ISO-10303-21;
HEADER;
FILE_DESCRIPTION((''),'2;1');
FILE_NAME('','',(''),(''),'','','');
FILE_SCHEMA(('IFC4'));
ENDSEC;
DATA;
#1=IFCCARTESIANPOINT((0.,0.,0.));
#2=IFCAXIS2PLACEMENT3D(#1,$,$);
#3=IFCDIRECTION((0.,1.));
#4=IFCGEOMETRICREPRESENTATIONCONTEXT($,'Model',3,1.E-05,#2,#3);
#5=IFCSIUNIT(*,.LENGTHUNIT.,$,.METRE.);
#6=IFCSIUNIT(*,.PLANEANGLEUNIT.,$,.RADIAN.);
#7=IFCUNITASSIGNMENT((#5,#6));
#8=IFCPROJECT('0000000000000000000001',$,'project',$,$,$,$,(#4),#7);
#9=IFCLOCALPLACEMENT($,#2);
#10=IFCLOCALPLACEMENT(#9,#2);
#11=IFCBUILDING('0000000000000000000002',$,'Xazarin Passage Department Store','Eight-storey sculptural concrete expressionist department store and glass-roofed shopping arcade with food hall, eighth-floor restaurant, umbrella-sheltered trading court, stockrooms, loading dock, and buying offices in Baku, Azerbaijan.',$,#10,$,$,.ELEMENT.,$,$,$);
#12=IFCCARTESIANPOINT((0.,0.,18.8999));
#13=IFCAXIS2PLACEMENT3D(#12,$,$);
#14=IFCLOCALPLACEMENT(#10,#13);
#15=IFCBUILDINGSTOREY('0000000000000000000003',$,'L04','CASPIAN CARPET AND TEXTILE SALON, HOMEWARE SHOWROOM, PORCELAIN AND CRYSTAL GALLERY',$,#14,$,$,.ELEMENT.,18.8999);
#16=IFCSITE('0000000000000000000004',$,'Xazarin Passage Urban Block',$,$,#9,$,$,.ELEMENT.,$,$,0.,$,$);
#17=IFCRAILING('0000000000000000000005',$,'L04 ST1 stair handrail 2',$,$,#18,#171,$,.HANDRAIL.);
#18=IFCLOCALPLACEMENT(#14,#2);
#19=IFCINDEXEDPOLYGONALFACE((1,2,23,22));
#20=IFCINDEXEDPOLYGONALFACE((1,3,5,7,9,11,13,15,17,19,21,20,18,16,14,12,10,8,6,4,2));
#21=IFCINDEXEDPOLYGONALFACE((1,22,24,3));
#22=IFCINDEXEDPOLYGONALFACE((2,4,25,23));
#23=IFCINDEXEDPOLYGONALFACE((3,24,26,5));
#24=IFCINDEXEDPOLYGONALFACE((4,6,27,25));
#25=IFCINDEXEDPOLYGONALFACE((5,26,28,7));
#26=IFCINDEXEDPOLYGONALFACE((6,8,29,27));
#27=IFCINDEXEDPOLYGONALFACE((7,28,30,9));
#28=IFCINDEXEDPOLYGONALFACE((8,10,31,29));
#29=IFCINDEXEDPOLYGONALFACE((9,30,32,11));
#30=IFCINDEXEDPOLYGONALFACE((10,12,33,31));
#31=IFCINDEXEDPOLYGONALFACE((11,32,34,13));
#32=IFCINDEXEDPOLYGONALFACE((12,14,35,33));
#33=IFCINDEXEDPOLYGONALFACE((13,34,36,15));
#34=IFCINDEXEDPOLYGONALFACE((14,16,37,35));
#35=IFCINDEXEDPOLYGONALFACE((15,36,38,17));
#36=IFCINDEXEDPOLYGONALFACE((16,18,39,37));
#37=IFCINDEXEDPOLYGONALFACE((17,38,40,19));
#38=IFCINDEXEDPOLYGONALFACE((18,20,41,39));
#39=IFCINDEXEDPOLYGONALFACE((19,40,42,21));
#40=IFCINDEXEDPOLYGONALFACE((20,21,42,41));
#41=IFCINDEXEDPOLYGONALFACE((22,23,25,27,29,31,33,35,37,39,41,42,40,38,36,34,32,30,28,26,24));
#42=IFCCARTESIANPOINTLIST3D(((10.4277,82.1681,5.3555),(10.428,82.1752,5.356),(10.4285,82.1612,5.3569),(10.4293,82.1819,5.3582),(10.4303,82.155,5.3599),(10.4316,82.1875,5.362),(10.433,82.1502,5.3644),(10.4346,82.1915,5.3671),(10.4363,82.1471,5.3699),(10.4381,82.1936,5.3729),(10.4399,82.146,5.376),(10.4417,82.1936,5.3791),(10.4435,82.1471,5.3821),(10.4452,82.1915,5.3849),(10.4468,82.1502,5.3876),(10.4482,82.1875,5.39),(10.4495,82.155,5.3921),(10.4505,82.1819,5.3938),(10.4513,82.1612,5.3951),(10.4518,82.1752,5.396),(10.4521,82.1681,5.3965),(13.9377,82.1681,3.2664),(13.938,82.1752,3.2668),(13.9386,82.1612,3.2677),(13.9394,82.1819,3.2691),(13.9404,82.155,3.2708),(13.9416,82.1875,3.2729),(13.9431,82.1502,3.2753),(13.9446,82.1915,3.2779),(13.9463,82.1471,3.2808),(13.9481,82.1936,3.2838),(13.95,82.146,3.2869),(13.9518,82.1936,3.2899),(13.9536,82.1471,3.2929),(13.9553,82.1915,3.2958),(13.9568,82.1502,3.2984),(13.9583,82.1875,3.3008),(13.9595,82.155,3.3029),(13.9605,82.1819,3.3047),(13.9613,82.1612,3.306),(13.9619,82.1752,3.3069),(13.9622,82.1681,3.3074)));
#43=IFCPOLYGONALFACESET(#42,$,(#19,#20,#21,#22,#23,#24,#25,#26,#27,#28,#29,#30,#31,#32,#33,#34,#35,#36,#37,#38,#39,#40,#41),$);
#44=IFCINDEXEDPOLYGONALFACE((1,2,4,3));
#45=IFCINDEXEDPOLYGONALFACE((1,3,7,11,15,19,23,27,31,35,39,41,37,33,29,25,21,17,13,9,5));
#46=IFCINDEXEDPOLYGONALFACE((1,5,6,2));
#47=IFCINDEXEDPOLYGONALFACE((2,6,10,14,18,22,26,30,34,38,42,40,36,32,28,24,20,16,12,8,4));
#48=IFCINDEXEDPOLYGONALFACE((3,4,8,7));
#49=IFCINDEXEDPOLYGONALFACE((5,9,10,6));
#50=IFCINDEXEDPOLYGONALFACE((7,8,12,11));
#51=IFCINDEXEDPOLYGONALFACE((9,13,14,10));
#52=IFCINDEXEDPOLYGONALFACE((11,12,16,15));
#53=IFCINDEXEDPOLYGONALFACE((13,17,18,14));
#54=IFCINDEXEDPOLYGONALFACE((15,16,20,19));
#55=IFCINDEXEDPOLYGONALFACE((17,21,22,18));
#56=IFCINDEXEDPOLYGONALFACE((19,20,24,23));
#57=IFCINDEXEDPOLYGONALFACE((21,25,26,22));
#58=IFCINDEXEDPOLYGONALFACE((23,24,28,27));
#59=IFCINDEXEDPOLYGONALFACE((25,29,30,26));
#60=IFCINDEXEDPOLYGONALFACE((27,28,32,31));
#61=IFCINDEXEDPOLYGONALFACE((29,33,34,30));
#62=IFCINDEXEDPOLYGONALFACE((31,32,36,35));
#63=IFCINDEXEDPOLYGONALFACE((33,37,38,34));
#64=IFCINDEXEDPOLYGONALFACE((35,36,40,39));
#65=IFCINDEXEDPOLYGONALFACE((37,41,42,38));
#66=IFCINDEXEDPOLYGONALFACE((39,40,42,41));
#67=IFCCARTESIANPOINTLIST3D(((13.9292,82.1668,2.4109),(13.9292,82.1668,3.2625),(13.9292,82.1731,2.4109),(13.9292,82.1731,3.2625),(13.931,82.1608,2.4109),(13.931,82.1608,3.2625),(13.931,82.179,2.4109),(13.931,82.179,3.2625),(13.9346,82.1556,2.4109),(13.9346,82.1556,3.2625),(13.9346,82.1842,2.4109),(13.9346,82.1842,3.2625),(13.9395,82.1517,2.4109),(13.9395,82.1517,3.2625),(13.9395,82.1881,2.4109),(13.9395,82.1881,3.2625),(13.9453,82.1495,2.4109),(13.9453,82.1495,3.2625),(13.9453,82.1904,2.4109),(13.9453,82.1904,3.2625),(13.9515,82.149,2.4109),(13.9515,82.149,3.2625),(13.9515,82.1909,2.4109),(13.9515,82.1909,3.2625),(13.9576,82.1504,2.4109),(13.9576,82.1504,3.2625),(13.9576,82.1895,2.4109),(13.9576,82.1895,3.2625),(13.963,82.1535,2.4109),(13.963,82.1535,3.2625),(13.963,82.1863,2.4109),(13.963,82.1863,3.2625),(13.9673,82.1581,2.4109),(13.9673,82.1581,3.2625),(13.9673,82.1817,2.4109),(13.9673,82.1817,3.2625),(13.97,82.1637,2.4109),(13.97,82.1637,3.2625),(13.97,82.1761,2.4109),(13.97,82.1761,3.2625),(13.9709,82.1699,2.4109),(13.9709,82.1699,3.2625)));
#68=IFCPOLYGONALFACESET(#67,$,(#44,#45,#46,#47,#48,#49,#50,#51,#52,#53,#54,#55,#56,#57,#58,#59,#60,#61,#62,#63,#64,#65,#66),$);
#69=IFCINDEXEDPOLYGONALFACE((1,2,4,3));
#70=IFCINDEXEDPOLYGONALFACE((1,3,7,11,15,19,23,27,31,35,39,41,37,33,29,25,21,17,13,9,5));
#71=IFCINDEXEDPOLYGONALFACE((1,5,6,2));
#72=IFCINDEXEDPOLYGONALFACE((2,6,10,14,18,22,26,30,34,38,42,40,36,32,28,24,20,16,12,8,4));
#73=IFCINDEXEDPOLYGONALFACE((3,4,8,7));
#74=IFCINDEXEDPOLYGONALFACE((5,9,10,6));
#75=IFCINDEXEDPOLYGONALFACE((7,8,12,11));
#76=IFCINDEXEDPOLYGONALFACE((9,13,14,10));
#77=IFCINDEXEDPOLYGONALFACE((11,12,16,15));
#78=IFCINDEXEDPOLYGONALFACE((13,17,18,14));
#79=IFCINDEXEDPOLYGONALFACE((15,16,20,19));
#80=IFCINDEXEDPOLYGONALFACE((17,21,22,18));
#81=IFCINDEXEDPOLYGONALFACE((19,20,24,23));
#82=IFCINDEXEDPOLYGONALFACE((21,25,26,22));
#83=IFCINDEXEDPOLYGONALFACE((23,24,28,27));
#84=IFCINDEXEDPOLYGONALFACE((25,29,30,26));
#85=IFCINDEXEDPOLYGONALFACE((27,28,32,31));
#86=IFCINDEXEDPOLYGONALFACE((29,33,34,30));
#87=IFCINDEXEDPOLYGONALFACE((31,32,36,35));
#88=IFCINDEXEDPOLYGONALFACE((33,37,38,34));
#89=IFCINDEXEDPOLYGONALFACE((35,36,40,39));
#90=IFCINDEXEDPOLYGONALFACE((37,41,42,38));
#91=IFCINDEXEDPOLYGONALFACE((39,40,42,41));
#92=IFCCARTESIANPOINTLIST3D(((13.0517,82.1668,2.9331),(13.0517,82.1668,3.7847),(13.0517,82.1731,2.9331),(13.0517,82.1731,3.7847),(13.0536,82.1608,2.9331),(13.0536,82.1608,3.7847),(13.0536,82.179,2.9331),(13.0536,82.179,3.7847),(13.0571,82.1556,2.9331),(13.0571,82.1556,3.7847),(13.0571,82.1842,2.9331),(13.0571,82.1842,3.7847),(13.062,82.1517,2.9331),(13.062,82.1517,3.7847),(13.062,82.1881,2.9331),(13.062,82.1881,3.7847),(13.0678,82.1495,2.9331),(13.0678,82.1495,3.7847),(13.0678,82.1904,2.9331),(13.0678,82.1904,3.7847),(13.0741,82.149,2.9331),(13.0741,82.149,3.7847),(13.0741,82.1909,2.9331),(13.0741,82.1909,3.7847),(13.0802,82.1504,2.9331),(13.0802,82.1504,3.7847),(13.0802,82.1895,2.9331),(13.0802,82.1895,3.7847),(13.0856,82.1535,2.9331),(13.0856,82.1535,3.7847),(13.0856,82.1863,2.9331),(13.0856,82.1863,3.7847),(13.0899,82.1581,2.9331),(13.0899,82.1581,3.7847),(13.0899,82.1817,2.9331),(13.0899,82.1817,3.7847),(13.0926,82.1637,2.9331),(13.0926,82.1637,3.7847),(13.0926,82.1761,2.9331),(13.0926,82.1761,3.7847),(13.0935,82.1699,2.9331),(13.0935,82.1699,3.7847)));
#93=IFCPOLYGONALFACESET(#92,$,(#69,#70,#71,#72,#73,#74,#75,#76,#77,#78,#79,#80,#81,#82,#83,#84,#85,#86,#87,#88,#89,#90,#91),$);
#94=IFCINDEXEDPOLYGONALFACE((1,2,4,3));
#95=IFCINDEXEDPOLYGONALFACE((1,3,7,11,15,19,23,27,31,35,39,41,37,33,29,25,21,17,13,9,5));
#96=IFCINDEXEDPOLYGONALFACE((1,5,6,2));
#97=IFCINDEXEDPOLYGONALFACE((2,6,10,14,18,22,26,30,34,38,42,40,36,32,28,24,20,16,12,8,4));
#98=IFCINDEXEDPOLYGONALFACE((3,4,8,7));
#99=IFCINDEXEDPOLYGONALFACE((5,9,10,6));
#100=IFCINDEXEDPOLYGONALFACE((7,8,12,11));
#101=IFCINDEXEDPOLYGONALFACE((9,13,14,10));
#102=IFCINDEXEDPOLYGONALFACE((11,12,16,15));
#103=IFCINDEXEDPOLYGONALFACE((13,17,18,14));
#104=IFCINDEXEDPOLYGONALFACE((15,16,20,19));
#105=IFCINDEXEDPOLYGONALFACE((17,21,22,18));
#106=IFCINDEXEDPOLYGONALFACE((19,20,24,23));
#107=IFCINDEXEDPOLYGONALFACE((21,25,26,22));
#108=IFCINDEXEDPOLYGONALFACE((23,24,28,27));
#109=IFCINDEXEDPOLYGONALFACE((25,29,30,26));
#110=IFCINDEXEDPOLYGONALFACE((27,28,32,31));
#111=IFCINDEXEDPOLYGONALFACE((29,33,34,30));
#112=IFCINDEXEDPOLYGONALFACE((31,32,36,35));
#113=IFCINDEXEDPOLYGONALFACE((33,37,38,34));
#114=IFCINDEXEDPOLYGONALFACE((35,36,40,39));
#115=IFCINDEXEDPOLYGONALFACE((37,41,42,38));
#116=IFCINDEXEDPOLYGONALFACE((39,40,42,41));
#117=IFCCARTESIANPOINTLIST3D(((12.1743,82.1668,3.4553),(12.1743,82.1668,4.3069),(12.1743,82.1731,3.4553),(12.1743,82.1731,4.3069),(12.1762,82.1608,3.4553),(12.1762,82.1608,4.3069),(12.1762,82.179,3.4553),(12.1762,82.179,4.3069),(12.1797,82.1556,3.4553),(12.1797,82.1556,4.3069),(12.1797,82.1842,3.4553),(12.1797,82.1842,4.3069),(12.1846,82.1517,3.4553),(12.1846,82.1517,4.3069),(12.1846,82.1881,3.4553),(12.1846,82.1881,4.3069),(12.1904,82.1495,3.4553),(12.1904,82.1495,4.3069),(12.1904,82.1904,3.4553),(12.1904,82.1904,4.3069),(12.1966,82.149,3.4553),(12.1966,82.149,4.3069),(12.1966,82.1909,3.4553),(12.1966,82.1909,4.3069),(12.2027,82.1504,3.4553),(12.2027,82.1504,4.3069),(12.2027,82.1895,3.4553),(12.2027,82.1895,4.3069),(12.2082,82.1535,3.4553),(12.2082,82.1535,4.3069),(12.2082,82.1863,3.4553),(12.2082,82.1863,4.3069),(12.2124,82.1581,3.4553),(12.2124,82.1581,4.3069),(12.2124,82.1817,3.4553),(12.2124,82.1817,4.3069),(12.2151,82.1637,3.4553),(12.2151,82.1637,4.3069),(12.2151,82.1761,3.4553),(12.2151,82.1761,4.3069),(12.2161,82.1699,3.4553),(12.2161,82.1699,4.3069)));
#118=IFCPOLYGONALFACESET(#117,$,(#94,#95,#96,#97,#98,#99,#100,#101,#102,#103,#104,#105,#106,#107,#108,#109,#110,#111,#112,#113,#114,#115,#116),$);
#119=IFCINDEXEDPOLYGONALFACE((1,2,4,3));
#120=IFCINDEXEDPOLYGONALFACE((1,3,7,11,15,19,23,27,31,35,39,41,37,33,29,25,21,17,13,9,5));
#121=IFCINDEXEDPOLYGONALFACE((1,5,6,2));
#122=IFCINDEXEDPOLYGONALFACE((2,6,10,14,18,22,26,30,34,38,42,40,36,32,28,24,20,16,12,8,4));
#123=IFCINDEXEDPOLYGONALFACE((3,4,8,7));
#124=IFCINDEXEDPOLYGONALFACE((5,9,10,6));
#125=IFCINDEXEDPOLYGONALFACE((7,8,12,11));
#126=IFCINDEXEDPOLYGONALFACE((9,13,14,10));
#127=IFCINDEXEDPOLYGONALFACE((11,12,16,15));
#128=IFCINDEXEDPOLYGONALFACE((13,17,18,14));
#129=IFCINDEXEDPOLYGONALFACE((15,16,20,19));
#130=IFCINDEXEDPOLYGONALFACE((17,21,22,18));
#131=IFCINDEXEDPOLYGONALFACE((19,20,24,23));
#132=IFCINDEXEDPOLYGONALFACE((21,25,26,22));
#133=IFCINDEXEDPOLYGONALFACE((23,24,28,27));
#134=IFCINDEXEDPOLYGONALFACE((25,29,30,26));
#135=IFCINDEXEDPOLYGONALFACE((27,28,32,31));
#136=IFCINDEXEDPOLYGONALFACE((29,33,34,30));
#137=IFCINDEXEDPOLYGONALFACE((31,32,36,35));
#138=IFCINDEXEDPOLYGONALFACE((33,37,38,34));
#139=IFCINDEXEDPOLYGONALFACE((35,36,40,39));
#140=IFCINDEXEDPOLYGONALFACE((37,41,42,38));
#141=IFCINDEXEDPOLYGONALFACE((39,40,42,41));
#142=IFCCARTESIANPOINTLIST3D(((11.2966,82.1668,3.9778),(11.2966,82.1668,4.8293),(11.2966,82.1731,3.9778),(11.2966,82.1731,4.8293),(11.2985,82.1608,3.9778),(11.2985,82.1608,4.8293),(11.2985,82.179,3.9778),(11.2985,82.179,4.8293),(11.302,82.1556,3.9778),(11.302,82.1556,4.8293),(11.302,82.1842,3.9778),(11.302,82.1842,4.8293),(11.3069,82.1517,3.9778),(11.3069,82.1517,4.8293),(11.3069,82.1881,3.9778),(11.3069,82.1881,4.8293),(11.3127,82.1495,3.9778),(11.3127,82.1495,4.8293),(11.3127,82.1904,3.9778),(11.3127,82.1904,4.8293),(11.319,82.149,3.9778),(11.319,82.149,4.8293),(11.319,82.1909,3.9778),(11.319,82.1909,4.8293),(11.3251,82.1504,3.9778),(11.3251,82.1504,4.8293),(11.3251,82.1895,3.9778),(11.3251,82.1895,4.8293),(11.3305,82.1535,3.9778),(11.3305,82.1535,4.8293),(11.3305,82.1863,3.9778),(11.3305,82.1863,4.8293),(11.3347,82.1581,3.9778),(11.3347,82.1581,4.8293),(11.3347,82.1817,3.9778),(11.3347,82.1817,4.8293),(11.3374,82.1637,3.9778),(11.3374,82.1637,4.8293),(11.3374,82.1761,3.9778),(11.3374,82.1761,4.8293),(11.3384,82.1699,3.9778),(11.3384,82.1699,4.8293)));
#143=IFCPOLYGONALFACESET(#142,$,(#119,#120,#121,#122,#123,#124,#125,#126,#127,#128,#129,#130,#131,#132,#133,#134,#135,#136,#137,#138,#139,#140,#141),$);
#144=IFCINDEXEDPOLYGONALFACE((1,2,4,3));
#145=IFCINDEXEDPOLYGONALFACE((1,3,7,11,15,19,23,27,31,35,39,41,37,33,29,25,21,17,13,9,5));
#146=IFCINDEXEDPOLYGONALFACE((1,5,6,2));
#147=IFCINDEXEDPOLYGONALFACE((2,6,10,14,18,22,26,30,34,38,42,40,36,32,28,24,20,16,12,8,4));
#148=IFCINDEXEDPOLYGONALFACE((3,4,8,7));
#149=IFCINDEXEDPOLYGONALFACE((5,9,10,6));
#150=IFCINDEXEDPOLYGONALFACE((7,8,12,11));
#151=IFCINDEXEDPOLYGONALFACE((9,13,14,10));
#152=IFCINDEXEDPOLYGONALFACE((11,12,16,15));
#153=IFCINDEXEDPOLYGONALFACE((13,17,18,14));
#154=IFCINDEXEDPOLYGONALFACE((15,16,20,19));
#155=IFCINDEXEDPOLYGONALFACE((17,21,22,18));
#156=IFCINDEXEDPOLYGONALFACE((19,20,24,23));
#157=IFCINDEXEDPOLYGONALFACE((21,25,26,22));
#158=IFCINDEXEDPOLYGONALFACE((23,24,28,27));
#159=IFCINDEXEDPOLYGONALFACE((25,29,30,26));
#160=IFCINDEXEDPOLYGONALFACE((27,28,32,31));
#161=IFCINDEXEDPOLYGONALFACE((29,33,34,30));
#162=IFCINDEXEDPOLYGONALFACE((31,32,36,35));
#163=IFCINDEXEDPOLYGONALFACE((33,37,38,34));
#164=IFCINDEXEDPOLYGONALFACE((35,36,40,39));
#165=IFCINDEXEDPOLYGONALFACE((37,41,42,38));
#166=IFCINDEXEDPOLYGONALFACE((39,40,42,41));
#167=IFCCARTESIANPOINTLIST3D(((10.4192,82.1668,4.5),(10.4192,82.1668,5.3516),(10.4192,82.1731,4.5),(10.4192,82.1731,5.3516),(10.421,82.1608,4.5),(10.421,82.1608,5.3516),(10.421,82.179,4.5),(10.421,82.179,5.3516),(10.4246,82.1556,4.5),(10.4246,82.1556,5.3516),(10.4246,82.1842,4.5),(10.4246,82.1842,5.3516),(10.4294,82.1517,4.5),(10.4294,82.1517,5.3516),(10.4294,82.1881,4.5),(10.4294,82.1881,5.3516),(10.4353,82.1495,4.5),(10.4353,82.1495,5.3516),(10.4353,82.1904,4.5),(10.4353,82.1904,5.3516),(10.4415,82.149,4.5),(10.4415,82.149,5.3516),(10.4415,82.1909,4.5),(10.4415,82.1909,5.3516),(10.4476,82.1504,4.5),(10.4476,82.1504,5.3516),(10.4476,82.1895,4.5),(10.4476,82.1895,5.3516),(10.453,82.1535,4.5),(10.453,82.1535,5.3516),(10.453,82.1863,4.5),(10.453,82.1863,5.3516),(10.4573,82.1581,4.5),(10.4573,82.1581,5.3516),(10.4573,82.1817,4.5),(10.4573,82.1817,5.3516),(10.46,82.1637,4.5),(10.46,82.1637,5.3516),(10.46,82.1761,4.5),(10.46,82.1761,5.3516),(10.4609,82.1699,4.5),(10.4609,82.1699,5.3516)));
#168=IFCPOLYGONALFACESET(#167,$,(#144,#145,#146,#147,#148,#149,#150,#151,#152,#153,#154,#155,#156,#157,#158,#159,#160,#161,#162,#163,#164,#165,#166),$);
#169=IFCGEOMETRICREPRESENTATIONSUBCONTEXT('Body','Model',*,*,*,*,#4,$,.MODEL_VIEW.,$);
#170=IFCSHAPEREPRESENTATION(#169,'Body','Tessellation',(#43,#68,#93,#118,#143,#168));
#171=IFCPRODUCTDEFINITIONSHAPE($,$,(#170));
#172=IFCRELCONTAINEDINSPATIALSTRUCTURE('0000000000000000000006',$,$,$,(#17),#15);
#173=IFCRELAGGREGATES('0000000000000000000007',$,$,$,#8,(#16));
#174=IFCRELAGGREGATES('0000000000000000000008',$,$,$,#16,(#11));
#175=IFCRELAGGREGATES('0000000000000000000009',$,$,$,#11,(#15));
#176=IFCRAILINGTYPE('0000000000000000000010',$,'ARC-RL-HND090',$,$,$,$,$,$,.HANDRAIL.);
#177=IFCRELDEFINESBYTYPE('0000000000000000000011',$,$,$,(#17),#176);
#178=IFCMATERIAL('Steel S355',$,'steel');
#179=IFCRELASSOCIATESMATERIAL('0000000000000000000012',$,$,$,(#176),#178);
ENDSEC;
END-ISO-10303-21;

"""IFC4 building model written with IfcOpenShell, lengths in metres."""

from ifc_helpers import new_model, si_unit, direction, frame, origin, origin_2d, place, context, subcontext, project, spatial, circle, extrude, material, type_object, element, save


model = new_model("IFC4")

# Units and contexts
model_context = context("Model", 3, precision=1e-05, world=origin(), true_north=direction((0.0, 1.0)))
body_context = subcontext(model_context, "Body", "Model", "MODEL_VIEW")
ifc_project = project(units=[si_unit("LENGTHUNIT", "METRE"), si_unit("PLANEANGLEUNIT", "RADIAN")], contexts=[model_context])

# Site, building, storey
site_placement = place(None, origin())
site = spatial("IfcSite", under=ifc_project, at=site_placement, Name="Xazarin Passage Urban Block", CompositionType="ELEMENT", RefElevation=0.0)
building_placement = place(site_placement, origin())
building = spatial("IfcBuilding", under=site, at=building_placement, Name="Xazarin Passage Department Store", Description="Eight-storey sculptural concrete expressionist department store and glass-roofed shopping arcade with food hall, eighth-floor restaurant, umbrella-sheltered trading court, stockrooms, loading dock, and buying offices in Baku, Azerbaijan.", CompositionType="ELEMENT")
storey_placement = place(building_placement, frame((0.0, 0.0, 18.8999)))
storey = spatial("IfcBuildingStorey", under=building, at=storey_placement, Name="L04", Description="CASPIAN CARPET AND TEXTILE SALON, HOMEWARE SHOWROOM, PORCELAIN AND CRYSTAL GALLERY", CompositionType="ELEMENT", Elevation=18.8999)

# Shared definitions
ifc_material_1 = material(Name="Steel S355", Category="steel")

# Railing
railing_type_1 = type_object("IfcRailingType", Name="ARC-RL-HND090", PredefinedType="HANDRAIL", material=ifc_material_1)
railing_1_placement = place(storey_placement, frame((13.95, 82.1699, 2.4109)))
element("IfcRailing", 1, at=railing_1_placement, inside=storey, type_object=railing_type_1, Name="L04 ST1 stair handrail 2", PredefinedType="HANDRAIL", context=body_context, shape_type="SweptSolid", body=[
    extrude(circle(Radius=0.0239, at=origin_2d()), frame((0.0, 0.0, 0.876), z_axis=(-0.859312, 0.0, 0.511451), x_axis=(0.0, -1.0, 0.0)), (0.0, 0.0, 1.0), 4.0847),
    extrude(circle(Radius=0.021, at=origin_2d()), origin(), (0.0, 0.0, 1.0), 0.8516),
    extrude(circle(Radius=0.021, at=origin_2d()), frame((-0.8774, 0.0, 0.5222)), (0.0, 0.0, 1.0), 0.8516),
    extrude(circle(Radius=0.021, at=origin_2d()), frame((-1.7549, 0.0, 1.0444)), (0.0, 0.0, 1.0), 0.8516),
    extrude(circle(Radius=0.021, at=origin_2d()), frame((-2.6326, 0.0, 1.5669)), (0.0, 0.0, 1.0), 0.8516),
    extrude(circle(Radius=0.021, at=origin_2d()), frame((-3.51, 0.0, 2.0891)), (0.0, 0.0, 1.0), 0.8516),
])

save(model, "model.ifc")
